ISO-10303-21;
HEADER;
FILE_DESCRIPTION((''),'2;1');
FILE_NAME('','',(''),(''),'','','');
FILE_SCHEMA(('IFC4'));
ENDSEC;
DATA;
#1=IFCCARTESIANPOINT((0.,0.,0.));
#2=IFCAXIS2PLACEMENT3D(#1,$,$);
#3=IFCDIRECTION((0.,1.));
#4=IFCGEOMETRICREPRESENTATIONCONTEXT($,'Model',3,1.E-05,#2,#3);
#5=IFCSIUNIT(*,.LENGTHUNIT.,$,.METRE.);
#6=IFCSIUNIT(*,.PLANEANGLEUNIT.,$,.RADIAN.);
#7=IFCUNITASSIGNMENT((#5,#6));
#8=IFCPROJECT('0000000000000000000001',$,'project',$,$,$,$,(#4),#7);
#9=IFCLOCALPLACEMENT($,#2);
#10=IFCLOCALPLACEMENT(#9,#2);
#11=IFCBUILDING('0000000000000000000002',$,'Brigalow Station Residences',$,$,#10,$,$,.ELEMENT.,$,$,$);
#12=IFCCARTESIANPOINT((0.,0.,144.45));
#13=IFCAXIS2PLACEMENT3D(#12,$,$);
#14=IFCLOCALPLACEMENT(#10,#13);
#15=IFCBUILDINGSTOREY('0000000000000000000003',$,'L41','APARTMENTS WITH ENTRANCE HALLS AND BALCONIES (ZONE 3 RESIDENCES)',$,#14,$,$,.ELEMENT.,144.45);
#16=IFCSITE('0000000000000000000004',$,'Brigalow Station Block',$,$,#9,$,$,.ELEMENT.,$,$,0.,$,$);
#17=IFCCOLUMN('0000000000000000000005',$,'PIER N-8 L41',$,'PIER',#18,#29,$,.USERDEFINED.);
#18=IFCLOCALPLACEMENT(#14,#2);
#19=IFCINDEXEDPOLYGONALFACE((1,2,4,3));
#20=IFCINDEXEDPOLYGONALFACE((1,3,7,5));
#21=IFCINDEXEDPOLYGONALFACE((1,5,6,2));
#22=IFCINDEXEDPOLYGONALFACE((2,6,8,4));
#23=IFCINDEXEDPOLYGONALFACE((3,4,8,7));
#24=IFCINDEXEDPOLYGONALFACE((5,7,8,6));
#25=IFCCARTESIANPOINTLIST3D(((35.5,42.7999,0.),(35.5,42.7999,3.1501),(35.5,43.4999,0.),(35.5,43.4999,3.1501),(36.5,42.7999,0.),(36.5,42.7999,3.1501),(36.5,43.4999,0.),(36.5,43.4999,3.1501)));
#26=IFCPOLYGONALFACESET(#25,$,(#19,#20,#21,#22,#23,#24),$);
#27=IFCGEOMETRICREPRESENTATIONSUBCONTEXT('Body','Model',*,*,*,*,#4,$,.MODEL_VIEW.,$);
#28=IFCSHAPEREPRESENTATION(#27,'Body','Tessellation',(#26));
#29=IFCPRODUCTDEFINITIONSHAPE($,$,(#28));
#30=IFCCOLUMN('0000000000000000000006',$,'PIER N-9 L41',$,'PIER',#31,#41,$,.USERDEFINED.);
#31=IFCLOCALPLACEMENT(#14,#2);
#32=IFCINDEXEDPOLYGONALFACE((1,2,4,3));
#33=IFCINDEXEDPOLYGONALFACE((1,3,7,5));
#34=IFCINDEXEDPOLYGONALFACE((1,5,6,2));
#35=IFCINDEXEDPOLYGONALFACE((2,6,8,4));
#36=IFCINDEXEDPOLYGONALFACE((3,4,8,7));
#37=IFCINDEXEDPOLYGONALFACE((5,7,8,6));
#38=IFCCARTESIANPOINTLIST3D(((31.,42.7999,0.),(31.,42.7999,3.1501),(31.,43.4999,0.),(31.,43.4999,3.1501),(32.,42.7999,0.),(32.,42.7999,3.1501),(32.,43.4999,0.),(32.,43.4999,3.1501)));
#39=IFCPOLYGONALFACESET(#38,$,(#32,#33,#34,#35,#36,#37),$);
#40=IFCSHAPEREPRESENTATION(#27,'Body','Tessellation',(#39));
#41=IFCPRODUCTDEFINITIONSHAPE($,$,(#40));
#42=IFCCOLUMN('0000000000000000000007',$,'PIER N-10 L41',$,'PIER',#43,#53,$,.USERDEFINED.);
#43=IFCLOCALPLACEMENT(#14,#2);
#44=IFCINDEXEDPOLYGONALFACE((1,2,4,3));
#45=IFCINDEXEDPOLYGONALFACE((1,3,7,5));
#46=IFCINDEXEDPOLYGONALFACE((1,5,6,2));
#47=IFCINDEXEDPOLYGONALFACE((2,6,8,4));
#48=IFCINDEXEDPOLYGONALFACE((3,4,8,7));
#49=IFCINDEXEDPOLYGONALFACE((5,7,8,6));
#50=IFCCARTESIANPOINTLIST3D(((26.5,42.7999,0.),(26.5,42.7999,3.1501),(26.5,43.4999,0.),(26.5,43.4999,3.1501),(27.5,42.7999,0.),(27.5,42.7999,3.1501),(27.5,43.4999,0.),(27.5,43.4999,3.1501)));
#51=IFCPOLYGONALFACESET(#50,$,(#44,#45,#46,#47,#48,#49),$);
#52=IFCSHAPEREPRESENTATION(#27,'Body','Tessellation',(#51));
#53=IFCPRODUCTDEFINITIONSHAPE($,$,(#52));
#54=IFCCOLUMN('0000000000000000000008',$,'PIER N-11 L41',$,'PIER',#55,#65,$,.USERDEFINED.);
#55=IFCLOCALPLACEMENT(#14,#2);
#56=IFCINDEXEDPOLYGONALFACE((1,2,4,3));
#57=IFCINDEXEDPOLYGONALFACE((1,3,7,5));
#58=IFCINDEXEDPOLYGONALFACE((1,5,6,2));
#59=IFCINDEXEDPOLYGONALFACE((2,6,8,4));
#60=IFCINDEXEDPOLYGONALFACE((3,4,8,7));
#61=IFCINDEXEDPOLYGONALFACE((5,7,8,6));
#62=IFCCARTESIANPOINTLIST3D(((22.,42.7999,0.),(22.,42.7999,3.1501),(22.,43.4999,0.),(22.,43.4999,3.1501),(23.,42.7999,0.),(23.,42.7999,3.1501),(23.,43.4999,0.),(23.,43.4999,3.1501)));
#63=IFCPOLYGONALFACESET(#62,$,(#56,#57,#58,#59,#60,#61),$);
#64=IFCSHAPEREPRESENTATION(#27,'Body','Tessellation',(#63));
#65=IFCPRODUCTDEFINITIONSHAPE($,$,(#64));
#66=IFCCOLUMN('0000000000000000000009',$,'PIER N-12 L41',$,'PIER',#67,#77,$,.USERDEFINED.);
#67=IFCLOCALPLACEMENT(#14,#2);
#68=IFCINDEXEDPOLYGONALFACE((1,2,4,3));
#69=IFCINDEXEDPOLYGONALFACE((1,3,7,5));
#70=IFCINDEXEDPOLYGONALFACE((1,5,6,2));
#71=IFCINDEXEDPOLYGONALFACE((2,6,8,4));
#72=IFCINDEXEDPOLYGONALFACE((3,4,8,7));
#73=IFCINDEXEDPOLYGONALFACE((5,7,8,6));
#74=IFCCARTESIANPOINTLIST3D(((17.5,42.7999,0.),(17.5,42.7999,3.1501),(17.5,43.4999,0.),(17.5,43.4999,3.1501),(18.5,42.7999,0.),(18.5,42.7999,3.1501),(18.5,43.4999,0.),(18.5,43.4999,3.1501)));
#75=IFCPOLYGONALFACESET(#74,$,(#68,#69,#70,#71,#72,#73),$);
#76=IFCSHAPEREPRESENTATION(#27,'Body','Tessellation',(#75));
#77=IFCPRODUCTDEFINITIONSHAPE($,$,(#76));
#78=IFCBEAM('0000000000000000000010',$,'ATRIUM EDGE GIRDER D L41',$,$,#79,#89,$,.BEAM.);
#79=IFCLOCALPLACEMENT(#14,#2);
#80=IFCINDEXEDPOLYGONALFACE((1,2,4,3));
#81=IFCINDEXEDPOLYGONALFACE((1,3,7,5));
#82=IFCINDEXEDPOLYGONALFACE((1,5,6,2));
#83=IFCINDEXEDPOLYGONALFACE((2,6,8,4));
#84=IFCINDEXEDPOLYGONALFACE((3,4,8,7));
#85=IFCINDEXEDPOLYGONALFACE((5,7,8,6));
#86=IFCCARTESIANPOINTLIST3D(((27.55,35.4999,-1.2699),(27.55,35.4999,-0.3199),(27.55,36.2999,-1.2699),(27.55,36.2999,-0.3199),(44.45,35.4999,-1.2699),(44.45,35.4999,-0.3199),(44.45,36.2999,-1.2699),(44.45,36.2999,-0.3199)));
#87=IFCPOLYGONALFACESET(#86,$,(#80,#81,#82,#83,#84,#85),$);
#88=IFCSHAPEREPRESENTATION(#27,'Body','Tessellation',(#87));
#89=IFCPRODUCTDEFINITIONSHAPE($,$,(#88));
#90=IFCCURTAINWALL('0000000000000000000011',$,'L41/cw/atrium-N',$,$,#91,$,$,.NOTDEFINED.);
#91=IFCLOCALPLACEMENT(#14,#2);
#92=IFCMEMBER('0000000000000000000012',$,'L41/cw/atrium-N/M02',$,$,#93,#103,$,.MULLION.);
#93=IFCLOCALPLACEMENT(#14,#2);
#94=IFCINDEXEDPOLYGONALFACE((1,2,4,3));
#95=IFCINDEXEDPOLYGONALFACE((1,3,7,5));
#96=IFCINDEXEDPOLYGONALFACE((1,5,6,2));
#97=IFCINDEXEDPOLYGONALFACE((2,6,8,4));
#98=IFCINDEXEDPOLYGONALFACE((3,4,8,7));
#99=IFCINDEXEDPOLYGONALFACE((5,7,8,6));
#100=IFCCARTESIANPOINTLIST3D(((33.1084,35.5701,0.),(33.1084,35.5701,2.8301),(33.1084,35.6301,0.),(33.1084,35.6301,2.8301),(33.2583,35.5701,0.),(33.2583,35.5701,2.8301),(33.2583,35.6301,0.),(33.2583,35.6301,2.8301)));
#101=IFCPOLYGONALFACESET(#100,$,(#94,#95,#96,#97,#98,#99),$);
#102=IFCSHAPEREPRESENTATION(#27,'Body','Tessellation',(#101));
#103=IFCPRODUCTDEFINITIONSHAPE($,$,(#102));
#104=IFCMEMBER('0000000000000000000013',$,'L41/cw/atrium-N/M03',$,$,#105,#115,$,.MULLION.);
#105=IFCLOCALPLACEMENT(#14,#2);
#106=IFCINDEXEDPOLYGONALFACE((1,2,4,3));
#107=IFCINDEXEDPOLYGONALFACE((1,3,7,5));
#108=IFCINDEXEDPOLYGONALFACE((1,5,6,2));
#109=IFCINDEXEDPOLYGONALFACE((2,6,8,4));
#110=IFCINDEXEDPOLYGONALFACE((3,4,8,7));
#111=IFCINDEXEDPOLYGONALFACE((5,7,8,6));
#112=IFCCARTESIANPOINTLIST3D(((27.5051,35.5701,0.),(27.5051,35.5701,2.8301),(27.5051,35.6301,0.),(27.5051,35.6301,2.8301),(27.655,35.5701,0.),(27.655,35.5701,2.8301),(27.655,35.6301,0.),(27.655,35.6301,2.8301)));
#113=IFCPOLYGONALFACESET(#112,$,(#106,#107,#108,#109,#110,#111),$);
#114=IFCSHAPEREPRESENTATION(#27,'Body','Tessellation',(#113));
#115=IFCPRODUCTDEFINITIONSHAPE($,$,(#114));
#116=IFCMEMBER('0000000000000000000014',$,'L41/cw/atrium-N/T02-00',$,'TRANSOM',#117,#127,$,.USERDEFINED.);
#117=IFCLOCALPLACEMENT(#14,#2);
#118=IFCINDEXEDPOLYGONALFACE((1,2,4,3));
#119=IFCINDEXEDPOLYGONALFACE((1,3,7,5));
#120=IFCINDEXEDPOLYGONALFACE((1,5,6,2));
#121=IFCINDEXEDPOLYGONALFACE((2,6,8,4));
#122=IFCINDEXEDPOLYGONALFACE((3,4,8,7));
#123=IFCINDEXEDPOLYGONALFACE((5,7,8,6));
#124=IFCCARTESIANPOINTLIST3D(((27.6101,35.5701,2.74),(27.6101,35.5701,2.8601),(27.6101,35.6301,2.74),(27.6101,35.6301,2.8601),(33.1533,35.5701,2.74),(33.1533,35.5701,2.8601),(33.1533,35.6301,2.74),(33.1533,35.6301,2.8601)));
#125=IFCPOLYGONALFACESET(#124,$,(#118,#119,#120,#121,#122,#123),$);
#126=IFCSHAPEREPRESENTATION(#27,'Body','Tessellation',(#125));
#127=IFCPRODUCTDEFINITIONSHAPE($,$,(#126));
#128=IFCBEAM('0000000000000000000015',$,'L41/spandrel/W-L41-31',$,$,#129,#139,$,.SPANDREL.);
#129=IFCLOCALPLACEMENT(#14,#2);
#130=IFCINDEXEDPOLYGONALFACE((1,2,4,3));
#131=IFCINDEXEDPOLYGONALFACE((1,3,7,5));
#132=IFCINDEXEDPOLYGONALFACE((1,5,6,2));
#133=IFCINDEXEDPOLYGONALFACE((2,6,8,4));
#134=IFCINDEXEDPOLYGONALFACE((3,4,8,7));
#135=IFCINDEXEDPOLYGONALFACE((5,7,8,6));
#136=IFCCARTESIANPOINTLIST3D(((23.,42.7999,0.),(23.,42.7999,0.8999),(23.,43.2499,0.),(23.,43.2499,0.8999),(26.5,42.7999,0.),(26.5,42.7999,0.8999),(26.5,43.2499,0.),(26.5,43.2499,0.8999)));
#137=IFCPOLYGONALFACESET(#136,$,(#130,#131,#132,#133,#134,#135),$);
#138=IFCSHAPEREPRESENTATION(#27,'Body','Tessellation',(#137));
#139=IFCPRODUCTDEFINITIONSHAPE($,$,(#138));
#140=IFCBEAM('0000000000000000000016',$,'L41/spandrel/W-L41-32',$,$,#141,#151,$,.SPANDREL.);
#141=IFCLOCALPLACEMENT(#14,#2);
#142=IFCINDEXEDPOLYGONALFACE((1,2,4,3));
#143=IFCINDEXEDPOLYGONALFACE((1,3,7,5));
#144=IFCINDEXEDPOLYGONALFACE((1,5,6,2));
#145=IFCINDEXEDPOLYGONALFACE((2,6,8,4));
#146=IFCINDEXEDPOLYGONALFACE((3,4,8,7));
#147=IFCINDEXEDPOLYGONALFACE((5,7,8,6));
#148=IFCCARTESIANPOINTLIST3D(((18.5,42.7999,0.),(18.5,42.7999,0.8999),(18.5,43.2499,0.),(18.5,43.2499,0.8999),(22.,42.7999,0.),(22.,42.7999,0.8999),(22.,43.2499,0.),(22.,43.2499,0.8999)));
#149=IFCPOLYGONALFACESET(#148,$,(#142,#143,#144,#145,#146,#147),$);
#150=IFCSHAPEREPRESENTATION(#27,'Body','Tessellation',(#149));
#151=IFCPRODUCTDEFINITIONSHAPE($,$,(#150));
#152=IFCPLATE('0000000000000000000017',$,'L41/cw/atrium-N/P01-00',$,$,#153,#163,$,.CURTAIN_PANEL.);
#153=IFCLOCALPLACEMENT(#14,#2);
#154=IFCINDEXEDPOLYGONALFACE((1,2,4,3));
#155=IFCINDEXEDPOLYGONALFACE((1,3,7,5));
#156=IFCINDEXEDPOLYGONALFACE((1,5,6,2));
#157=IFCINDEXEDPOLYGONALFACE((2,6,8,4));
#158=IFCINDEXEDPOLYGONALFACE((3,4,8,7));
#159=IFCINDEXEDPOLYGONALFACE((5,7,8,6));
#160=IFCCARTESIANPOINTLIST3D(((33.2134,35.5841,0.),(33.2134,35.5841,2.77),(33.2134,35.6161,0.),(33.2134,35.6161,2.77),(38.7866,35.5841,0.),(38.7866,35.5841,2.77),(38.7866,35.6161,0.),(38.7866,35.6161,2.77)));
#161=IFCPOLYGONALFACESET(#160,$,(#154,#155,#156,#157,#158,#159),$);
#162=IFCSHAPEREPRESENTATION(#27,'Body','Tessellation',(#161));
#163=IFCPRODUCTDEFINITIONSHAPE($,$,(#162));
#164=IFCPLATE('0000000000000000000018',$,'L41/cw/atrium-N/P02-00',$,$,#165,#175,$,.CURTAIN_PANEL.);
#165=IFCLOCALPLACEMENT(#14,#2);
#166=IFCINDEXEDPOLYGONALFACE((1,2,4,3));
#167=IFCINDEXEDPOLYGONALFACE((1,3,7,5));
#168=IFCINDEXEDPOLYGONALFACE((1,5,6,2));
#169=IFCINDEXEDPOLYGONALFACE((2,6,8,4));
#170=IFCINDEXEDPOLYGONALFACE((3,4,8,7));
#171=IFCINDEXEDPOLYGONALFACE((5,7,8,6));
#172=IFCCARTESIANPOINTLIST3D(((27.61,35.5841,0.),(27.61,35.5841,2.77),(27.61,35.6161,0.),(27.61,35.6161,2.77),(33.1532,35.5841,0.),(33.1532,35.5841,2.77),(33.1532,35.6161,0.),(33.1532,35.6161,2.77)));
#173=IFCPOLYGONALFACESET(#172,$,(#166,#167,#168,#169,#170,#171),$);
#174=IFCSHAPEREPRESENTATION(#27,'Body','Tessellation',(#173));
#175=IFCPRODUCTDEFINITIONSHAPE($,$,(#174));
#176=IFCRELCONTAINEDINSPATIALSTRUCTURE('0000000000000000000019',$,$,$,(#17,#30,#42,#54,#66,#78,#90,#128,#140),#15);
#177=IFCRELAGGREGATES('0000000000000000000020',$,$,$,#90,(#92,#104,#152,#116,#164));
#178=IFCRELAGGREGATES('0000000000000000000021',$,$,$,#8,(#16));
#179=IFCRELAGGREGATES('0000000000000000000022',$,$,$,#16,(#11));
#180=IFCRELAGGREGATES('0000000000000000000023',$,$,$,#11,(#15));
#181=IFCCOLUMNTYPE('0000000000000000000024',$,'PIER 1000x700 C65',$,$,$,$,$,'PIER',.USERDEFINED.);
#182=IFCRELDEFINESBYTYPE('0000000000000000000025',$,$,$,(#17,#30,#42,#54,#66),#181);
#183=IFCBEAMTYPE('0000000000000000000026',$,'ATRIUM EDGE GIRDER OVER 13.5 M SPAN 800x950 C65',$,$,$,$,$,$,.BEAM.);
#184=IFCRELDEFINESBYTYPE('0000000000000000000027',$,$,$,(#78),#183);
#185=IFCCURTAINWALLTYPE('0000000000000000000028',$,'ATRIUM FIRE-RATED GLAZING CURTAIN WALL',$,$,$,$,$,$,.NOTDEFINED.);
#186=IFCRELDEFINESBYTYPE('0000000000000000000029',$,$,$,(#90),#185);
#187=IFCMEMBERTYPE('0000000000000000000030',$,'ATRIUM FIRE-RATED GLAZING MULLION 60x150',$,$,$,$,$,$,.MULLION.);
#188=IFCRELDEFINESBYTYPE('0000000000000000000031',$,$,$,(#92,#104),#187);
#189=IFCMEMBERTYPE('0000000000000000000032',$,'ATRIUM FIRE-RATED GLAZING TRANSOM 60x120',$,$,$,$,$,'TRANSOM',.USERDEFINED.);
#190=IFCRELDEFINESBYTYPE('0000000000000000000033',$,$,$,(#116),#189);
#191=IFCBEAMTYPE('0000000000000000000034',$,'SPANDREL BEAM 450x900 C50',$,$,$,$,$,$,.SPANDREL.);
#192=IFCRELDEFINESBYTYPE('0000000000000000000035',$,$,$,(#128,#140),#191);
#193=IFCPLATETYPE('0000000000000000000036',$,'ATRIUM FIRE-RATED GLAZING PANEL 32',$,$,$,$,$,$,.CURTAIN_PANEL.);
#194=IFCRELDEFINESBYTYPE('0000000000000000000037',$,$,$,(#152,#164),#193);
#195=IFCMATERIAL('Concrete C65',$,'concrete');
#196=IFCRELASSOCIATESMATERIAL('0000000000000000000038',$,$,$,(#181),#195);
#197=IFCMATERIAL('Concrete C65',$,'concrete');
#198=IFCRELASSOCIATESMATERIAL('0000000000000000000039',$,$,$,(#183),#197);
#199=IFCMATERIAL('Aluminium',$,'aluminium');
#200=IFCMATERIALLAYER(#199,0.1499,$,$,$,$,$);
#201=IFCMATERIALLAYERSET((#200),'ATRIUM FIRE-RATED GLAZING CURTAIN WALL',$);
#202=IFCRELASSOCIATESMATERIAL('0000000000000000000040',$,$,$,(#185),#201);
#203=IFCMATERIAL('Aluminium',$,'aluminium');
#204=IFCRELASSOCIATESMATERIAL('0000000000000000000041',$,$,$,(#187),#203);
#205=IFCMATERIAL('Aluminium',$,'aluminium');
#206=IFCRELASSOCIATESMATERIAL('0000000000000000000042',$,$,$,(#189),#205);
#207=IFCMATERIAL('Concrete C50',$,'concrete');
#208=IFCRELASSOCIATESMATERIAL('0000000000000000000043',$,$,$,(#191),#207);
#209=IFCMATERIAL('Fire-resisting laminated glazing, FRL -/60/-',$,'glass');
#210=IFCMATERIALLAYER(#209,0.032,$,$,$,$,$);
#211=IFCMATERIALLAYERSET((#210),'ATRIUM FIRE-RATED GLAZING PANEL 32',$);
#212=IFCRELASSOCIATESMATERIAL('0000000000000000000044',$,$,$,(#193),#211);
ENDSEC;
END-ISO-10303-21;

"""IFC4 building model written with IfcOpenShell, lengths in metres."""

from ifc_helpers import new_model, si_unit, direction, frame, origin, origin_2d, place, context, subcontext, project, spatial, rectangle, extrude, material, layer, layer_set, material_profile, profile_set, type_object, element, aggregate, save


model = new_model("IFC4")

# Units and contexts
model_context = context("Model", 3, precision=1e-05, world=origin(), true_north=direction((0.0, 1.0)))
body_context = subcontext(model_context, "Body", "Model", "MODEL_VIEW")
ifc_project = project(units=[si_unit("LENGTHUNIT", "METRE"), si_unit("PLANEANGLEUNIT", "RADIAN")], contexts=[model_context])

# Site, building, storey
site_placement = place(None, origin())
site = spatial("IfcSite", under=ifc_project, at=site_placement, Name="Brigalow Station Block", CompositionType="ELEMENT", RefElevation=0.0)
building_placement = place(site_placement, origin())
building = spatial("IfcBuilding", under=site, at=building_placement, Name="Brigalow Station Residences", CompositionType="ELEMENT")
storey_placement = place(building_placement, frame((0.0, 0.0, 144.45)))
storey = spatial("IfcBuildingStorey", under=building, at=storey_placement, Name="L41", Description="APARTMENTS WITH ENTRANCE HALLS AND BALCONIES (ZONE 3 RESIDENCES)", CompositionType="ELEMENT", Elevation=144.45)

# Columns
ifc_material_1 = material(Name="Concrete C65", Category="concrete")
ifc_material_profile_1 = material_profile(ifc_material_1, rectangle(XDim=1.0, YDim=0.7, at=origin_2d()), Name="RC1000x700")
ifc_profile_set_1 = profile_set([ifc_material_profile_1], Name="Concrete C65")
column_type = type_object("IfcColumnType", Name="PIER 1000x700 C65", ElementType="PIER", PredefinedType="USERDEFINED", material=ifc_profile_set_1)
for number, where, z_axis, x_axis, name in (
    (1, (36.0, 43.1499, 0.0), (0.0, 0.0, 1.0), (-1.0, 0.0, 0.0), "PIER N-8 L41"),
    (2, (31.5, 43.1499, 0.0), (0.0, 0.0, 1.0), (-1.0, 0.0, 0.0), "PIER N-9 L41"),
    (3, (27.0, 43.1499, 0.0), (0.0, 0.0, 1.0), (-1.0, 0.0, 0.0), "PIER N-10 L41"),
    (4, (22.5, 43.1499, 0.0), (0.0, 0.0, 1.0), (-1.0, 0.0, 0.0), "PIER N-11 L41"),
    (5, (18.0, 43.1499, 0.0), (0.0, 0.0, 1.0), (-1.0, 0.0, 0.0), "PIER N-12 L41"),
):
    element("IfcColumn", number, at=place(storey_placement, frame(where, z_axis=z_axis, x_axis=x_axis)), inside=storey, type_object=column_type, Name=name, ObjectType="PIER", PredefinedType="USERDEFINED", context=body_context, shape_type="SweptSolid", body=[
        extrude(rectangle(XDim=1.0, YDim=0.7, at=origin_2d()), origin(), (0.0, 0.0, 1.0), 3.1501),
    ])

# Beam
ifc_material_2 = material(Name="Concrete C65", Category="concrete")
ifc_material_profile_2 = material_profile(ifc_material_2, rectangle(XDim=0.8, YDim=0.95, at=origin_2d()), Name="RC800x950")
ifc_profile_set_2 = profile_set([ifc_material_profile_2], Name="Concrete C65")
beam_type_1 = type_object("IfcBeamType", Name="ATRIUM EDGE GIRDER OVER 13.5 M SPAN 800x950 C65", PredefinedType="BEAM", material=ifc_profile_set_2)
beam_placement = place(storey_placement, frame((27.55, 35.8999, -0.7949), z_axis=(1.0, 0.0, 0.0), x_axis=(0.0, 1.0, 0.0)))
element("IfcBeam", 6, at=beam_placement, inside=storey, type_object=beam_type_1, Name="ATRIUM EDGE GIRDER D L41", PredefinedType="BEAM", context=body_context, shape_type="SweptSolid", body=[
    extrude(rectangle(XDim=0.8, YDim=0.95, at=origin_2d()), origin(), (0.0, 0.0, 1.0), 16.8999),
])

# Curtain wall, members
ifc_material_3 = material(Name="Aluminium", Category="aluminium")
ifc_layer_1 = layer(ifc_material_3, 0.1499)
ifc_layer_set_1 = layer_set([ifc_layer_1], Name="ATRIUM FIRE-RATED GLAZING CURTAIN WALL")
curtain_wall_type = type_object("IfcCurtainWallType", Name="ATRIUM FIRE-RATED GLAZING CURTAIN WALL", PredefinedType="NOTDEFINED", material=ifc_layer_set_1)
curtain_wall_placement = place(storey_placement, origin())
curtain_wall = element("IfcCurtainWall", 7, at=curtain_wall_placement, inside=storey, type_object=curtain_wall_type, Name="L41/cw/atrium-N", PredefinedType="NOTDEFINED")
ifc_material_4 = material(Name="Aluminium", Category="aluminium")
ifc_material_profile_3 = material_profile(ifc_material_4, rectangle(XDim=0.0601, YDim=0.1499, at=origin_2d()), Name="ATRIUM FIRE-RATED GLAZING MULLION 60x150")
ifc_profile_set_3 = profile_set([ifc_material_profile_3], Name="Aluminium")
member_type_1 = type_object("IfcMemberType", Name="ATRIUM FIRE-RATED GLAZING MULLION 60x150", PredefinedType="MULLION", material=ifc_profile_set_3)
member_1_placement = place(storey_placement, frame((33.1833, 35.6001, 0.0), z_axis=(0.0, 0.0, 1.0), x_axis=(0.0, -1.0, 0.0)))
member_1 = element("IfcMember", 8, at=member_1_placement, type_object=member_type_1, Name="L41/cw/atrium-N/M02", PredefinedType="MULLION", context=body_context, shape_type="SweptSolid", body=[
    extrude(rectangle(XDim=0.0601, YDim=0.1499, at=origin_2d()), origin(), (0.0, 0.0, 1.0), 2.8301),
])
member_2_placement = place(storey_placement, frame((27.5801, 35.6001, 0.0), z_axis=(0.0, 0.0, 1.0), x_axis=(0.0, -1.0, 0.0)))
member_2 = element("IfcMember", 9, at=member_2_placement, type_object=member_type_1, Name="L41/cw/atrium-N/M03", PredefinedType="MULLION", context=body_context, shape_type="SweptSolid", body=[
    extrude(rectangle(XDim=0.0601, YDim=0.1499, at=origin_2d()), origin(), (0.0, 0.0, 1.0), 2.8301),
])
ifc_material_5 = material(Name="Aluminium", Category="aluminium")
ifc_material_profile_4 = material_profile(ifc_material_5, rectangle(XDim=0.0601, YDim=0.1201, at=origin_2d()), Name="ATRIUM FIRE-RATED GLAZING TRANSOM 60x120")
ifc_profile_set_4 = profile_set([ifc_material_profile_4], Name="Aluminium")
member_type_2 = type_object("IfcMemberType", Name="ATRIUM FIRE-RATED GLAZING TRANSOM 60x120", ElementType="TRANSOM", PredefinedType="USERDEFINED", material=ifc_profile_set_4)
member_3_placement = place(storey_placement, frame((33.1533, 35.6001, 2.8), z_axis=(-1.0, 0.0, 0.0), x_axis=(0.0, -1.0, 0.0)))
member_3 = element("IfcMember", 10, at=member_3_placement, type_object=member_type_2, Name="L41/cw/atrium-N/T02-00", ObjectType="TRANSOM", PredefinedType="USERDEFINED", context=body_context, shape_type="SweptSolid", body=[
    extrude(rectangle(XDim=0.0601, YDim=0.1201, at=origin_2d()), origin(), (0.0, 0.0, 1.0), 5.5432),
])

# Beams
ifc_material_6 = material(Name="Concrete C50", Category="concrete")
ifc_material_profile_5 = material_profile(ifc_material_6, rectangle(XDim=0.45, YDim=0.8999, at=origin_2d()), Name="RC450x900")
ifc_profile_set_5 = profile_set([ifc_material_profile_5], Name="Concrete C50")
beam_type_2 = type_object("IfcBeamType", Name="SPANDREL BEAM 450x900 C50", PredefinedType="SPANDREL", material=ifc_profile_set_5)
for number, where, z_axis, x_axis, name in (
    (11, (26.5, 43.0249, 0.45), (-1.0, 0.0, 0.0), (0.0, -1.0, 0.0), "L41/spandrel/W-L41-31"),
    (12, (22.0, 43.0249, 0.45), (-1.0, 0.0, 0.0), (0.0, -1.0, 0.0), "L41/spandrel/W-L41-32"),
):
    element("IfcBeam", number, at=place(storey_placement, frame(where, z_axis=z_axis, x_axis=x_axis)), inside=storey, type_object=beam_type_2, Name=name, PredefinedType="SPANDREL", context=body_context, shape_type="SweptSolid", body=[
        extrude(rectangle(XDim=0.45, YDim=0.8999, at=origin_2d()), origin(), (0.0, 0.0, 1.0), 3.5),
    ])

# Plates
ifc_material_7 = material(Name="Fire-resisting laminated glazing, FRL -/60/-", Category="glass")
ifc_layer_2 = layer(ifc_material_7, 0.032)
ifc_layer_set_2 = layer_set([ifc_layer_2], Name="ATRIUM FIRE-RATED GLAZING PANEL 32")
plate_type = type_object("IfcPlateType", Name="ATRIUM FIRE-RATED GLAZING PANEL 32", PredefinedType="CURTAIN_PANEL", material=ifc_layer_set_2)
plate_1_placement = place(storey_placement, frame((36.0, 35.6001, 0.0), z_axis=(0.0, 0.0, 1.0), x_axis=(-1.0, 0.0, 0.0)))
plate_1 = element("IfcPlate", 13, at=plate_1_placement, type_object=plate_type, Name="L41/cw/atrium-N/P01-00", PredefinedType="CURTAIN_PANEL", context=body_context, shape_type="SweptSolid", body=[
    extrude(rectangle(XDim=5.5732, YDim=0.032, at=origin_2d()), origin(), (0.0, 0.0, 1.0), 2.77),
])
plate_2_placement = place(storey_placement, frame((30.3816, 35.6001, 0.0), z_axis=(0.0, 0.0, 1.0), x_axis=(-1.0, 0.0, 0.0)))
plate_2 = element("IfcPlate", 14, at=plate_2_placement, type_object=plate_type, Name="L41/cw/atrium-N/P02-00", PredefinedType="CURTAIN_PANEL", context=body_context, shape_type="SweptSolid", body=[
    extrude(rectangle(XDim=5.5432, YDim=0.032, at=origin_2d()), origin(), (0.0, 0.0, 1.0), 2.77),
])
aggregate(curtain_wall, [member_1, member_2, plate_1, member_3, plate_2])

save(model, "model.ifc")
